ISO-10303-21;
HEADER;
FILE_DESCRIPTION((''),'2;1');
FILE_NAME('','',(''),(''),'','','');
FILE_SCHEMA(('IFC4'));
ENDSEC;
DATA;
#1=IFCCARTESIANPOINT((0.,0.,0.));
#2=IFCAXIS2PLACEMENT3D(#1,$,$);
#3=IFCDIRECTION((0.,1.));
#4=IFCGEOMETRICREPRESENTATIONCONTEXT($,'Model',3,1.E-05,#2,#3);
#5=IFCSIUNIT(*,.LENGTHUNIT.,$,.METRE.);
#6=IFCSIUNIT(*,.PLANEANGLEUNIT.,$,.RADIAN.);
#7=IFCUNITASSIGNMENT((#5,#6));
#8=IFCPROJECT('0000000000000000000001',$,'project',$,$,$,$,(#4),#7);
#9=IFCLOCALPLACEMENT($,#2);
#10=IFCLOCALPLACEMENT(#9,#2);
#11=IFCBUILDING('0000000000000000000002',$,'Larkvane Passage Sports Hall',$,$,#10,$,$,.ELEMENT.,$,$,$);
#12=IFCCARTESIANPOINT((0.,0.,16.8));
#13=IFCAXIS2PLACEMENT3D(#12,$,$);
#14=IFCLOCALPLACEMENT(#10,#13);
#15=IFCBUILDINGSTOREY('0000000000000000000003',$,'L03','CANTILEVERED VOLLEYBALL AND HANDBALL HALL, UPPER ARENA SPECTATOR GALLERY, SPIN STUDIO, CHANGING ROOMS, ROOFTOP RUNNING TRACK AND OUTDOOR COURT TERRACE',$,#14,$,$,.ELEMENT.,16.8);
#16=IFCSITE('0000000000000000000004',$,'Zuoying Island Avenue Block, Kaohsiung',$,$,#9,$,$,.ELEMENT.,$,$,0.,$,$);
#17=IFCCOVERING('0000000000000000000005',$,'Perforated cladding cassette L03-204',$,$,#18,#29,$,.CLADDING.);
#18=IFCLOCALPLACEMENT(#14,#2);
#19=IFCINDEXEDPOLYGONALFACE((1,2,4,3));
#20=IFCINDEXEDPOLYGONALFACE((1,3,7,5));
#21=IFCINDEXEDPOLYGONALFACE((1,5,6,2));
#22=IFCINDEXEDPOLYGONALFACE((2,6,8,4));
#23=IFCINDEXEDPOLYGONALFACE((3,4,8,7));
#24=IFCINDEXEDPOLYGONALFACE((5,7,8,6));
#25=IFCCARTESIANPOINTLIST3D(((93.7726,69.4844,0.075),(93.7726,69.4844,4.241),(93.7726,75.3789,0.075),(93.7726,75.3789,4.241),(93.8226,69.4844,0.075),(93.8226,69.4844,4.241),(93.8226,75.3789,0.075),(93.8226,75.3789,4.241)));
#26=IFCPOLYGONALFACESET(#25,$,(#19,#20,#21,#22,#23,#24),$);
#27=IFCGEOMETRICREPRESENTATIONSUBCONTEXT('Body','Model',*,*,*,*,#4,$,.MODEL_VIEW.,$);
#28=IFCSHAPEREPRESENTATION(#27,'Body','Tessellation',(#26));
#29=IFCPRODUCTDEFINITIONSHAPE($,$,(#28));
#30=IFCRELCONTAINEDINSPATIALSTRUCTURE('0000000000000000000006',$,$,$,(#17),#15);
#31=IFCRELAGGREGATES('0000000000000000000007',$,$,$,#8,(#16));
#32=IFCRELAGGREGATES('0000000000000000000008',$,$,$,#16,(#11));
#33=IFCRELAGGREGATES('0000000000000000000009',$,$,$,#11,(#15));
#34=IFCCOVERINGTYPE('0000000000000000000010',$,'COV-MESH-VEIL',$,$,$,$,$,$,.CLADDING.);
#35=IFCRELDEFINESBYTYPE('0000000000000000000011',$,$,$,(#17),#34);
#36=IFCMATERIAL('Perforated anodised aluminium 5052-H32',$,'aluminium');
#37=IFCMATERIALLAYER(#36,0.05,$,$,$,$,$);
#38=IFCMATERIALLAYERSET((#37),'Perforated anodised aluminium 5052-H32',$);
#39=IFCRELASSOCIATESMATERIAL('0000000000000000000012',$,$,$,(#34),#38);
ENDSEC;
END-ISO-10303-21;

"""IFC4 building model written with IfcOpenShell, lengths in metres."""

from ifc_helpers import new_model, si_unit, direction, frame, origin, origin_2d, place, context, subcontext, project, spatial, rectangle, extrude, material, layer, layer_set, type_object, element, save


model = new_model("IFC4")

# Units and contexts
model_context = context("Model", 3, precision=1e-05, world=origin(), true_north=direction((0.0, 1.0)))
body_context = subcontext(model_context, "Body", "Model", "MODEL_VIEW")
ifc_project = project(units=[si_unit("LENGTHUNIT", "METRE"), si_unit("PLANEANGLEUNIT", "RADIAN")], contexts=[model_context])

# Site, building, storey
site_placement = place(None, origin())
site = spatial("IfcSite", under=ifc_project, at=site_placement, Name="Zuoying Island Avenue Block, Kaohsiung", CompositionType="ELEMENT", RefElevation=0.0)
building_placement = place(site_placement, origin())
building = spatial("IfcBuilding", under=site, at=building_placement, Name="Larkvane Passage Sports Hall", CompositionType="ELEMENT")
storey_placement = place(building_placement, frame((0.0, 0.0, 16.8)))
storey = spatial("IfcBuildingStorey", under=building, at=storey_placement, Name="L03", Description="CANTILEVERED VOLLEYBALL AND HANDBALL HALL, UPPER ARENA SPECTATOR GALLERY, SPIN STUDIO, CHANGING ROOMS, ROOFTOP RUNNING TRACK AND OUTDOOR COURT TERRACE", CompositionType="ELEMENT", Elevation=16.8)

# Covering
ifc_material_1 = material(Name="Perforated anodised aluminium 5052-H32", Category="aluminium")
ifc_layer_1 = layer(ifc_material_1, 0.05)
ifc_layer_set_1 = layer_set([ifc_layer_1], Name="Perforated anodised aluminium 5052-H32")
covering_type = type_object("IfcCoveringType", Name="COV-MESH-VEIL", PredefinedType="CLADDING", material=ifc_layer_set_1)
covering_placement = place(storey_placement, frame((93.7976, 72.4316, 0.075), z_axis=(0.0, 0.0, 1.0), x_axis=(0.0, -1.0, 0.0)))
element("IfcCovering", 1, at=covering_placement, inside=storey, type_object=covering_type, Name="Perforated cladding cassette L03-204", PredefinedType="CLADDING", context=body_context, shape_type="SweptSolid", body=[
    extrude(rectangle(XDim=5.8945, YDim=0.05, at=origin_2d()), origin(), (0.0, 0.0, 1.0), 4.166),
])

save(model, "model.ifc")
